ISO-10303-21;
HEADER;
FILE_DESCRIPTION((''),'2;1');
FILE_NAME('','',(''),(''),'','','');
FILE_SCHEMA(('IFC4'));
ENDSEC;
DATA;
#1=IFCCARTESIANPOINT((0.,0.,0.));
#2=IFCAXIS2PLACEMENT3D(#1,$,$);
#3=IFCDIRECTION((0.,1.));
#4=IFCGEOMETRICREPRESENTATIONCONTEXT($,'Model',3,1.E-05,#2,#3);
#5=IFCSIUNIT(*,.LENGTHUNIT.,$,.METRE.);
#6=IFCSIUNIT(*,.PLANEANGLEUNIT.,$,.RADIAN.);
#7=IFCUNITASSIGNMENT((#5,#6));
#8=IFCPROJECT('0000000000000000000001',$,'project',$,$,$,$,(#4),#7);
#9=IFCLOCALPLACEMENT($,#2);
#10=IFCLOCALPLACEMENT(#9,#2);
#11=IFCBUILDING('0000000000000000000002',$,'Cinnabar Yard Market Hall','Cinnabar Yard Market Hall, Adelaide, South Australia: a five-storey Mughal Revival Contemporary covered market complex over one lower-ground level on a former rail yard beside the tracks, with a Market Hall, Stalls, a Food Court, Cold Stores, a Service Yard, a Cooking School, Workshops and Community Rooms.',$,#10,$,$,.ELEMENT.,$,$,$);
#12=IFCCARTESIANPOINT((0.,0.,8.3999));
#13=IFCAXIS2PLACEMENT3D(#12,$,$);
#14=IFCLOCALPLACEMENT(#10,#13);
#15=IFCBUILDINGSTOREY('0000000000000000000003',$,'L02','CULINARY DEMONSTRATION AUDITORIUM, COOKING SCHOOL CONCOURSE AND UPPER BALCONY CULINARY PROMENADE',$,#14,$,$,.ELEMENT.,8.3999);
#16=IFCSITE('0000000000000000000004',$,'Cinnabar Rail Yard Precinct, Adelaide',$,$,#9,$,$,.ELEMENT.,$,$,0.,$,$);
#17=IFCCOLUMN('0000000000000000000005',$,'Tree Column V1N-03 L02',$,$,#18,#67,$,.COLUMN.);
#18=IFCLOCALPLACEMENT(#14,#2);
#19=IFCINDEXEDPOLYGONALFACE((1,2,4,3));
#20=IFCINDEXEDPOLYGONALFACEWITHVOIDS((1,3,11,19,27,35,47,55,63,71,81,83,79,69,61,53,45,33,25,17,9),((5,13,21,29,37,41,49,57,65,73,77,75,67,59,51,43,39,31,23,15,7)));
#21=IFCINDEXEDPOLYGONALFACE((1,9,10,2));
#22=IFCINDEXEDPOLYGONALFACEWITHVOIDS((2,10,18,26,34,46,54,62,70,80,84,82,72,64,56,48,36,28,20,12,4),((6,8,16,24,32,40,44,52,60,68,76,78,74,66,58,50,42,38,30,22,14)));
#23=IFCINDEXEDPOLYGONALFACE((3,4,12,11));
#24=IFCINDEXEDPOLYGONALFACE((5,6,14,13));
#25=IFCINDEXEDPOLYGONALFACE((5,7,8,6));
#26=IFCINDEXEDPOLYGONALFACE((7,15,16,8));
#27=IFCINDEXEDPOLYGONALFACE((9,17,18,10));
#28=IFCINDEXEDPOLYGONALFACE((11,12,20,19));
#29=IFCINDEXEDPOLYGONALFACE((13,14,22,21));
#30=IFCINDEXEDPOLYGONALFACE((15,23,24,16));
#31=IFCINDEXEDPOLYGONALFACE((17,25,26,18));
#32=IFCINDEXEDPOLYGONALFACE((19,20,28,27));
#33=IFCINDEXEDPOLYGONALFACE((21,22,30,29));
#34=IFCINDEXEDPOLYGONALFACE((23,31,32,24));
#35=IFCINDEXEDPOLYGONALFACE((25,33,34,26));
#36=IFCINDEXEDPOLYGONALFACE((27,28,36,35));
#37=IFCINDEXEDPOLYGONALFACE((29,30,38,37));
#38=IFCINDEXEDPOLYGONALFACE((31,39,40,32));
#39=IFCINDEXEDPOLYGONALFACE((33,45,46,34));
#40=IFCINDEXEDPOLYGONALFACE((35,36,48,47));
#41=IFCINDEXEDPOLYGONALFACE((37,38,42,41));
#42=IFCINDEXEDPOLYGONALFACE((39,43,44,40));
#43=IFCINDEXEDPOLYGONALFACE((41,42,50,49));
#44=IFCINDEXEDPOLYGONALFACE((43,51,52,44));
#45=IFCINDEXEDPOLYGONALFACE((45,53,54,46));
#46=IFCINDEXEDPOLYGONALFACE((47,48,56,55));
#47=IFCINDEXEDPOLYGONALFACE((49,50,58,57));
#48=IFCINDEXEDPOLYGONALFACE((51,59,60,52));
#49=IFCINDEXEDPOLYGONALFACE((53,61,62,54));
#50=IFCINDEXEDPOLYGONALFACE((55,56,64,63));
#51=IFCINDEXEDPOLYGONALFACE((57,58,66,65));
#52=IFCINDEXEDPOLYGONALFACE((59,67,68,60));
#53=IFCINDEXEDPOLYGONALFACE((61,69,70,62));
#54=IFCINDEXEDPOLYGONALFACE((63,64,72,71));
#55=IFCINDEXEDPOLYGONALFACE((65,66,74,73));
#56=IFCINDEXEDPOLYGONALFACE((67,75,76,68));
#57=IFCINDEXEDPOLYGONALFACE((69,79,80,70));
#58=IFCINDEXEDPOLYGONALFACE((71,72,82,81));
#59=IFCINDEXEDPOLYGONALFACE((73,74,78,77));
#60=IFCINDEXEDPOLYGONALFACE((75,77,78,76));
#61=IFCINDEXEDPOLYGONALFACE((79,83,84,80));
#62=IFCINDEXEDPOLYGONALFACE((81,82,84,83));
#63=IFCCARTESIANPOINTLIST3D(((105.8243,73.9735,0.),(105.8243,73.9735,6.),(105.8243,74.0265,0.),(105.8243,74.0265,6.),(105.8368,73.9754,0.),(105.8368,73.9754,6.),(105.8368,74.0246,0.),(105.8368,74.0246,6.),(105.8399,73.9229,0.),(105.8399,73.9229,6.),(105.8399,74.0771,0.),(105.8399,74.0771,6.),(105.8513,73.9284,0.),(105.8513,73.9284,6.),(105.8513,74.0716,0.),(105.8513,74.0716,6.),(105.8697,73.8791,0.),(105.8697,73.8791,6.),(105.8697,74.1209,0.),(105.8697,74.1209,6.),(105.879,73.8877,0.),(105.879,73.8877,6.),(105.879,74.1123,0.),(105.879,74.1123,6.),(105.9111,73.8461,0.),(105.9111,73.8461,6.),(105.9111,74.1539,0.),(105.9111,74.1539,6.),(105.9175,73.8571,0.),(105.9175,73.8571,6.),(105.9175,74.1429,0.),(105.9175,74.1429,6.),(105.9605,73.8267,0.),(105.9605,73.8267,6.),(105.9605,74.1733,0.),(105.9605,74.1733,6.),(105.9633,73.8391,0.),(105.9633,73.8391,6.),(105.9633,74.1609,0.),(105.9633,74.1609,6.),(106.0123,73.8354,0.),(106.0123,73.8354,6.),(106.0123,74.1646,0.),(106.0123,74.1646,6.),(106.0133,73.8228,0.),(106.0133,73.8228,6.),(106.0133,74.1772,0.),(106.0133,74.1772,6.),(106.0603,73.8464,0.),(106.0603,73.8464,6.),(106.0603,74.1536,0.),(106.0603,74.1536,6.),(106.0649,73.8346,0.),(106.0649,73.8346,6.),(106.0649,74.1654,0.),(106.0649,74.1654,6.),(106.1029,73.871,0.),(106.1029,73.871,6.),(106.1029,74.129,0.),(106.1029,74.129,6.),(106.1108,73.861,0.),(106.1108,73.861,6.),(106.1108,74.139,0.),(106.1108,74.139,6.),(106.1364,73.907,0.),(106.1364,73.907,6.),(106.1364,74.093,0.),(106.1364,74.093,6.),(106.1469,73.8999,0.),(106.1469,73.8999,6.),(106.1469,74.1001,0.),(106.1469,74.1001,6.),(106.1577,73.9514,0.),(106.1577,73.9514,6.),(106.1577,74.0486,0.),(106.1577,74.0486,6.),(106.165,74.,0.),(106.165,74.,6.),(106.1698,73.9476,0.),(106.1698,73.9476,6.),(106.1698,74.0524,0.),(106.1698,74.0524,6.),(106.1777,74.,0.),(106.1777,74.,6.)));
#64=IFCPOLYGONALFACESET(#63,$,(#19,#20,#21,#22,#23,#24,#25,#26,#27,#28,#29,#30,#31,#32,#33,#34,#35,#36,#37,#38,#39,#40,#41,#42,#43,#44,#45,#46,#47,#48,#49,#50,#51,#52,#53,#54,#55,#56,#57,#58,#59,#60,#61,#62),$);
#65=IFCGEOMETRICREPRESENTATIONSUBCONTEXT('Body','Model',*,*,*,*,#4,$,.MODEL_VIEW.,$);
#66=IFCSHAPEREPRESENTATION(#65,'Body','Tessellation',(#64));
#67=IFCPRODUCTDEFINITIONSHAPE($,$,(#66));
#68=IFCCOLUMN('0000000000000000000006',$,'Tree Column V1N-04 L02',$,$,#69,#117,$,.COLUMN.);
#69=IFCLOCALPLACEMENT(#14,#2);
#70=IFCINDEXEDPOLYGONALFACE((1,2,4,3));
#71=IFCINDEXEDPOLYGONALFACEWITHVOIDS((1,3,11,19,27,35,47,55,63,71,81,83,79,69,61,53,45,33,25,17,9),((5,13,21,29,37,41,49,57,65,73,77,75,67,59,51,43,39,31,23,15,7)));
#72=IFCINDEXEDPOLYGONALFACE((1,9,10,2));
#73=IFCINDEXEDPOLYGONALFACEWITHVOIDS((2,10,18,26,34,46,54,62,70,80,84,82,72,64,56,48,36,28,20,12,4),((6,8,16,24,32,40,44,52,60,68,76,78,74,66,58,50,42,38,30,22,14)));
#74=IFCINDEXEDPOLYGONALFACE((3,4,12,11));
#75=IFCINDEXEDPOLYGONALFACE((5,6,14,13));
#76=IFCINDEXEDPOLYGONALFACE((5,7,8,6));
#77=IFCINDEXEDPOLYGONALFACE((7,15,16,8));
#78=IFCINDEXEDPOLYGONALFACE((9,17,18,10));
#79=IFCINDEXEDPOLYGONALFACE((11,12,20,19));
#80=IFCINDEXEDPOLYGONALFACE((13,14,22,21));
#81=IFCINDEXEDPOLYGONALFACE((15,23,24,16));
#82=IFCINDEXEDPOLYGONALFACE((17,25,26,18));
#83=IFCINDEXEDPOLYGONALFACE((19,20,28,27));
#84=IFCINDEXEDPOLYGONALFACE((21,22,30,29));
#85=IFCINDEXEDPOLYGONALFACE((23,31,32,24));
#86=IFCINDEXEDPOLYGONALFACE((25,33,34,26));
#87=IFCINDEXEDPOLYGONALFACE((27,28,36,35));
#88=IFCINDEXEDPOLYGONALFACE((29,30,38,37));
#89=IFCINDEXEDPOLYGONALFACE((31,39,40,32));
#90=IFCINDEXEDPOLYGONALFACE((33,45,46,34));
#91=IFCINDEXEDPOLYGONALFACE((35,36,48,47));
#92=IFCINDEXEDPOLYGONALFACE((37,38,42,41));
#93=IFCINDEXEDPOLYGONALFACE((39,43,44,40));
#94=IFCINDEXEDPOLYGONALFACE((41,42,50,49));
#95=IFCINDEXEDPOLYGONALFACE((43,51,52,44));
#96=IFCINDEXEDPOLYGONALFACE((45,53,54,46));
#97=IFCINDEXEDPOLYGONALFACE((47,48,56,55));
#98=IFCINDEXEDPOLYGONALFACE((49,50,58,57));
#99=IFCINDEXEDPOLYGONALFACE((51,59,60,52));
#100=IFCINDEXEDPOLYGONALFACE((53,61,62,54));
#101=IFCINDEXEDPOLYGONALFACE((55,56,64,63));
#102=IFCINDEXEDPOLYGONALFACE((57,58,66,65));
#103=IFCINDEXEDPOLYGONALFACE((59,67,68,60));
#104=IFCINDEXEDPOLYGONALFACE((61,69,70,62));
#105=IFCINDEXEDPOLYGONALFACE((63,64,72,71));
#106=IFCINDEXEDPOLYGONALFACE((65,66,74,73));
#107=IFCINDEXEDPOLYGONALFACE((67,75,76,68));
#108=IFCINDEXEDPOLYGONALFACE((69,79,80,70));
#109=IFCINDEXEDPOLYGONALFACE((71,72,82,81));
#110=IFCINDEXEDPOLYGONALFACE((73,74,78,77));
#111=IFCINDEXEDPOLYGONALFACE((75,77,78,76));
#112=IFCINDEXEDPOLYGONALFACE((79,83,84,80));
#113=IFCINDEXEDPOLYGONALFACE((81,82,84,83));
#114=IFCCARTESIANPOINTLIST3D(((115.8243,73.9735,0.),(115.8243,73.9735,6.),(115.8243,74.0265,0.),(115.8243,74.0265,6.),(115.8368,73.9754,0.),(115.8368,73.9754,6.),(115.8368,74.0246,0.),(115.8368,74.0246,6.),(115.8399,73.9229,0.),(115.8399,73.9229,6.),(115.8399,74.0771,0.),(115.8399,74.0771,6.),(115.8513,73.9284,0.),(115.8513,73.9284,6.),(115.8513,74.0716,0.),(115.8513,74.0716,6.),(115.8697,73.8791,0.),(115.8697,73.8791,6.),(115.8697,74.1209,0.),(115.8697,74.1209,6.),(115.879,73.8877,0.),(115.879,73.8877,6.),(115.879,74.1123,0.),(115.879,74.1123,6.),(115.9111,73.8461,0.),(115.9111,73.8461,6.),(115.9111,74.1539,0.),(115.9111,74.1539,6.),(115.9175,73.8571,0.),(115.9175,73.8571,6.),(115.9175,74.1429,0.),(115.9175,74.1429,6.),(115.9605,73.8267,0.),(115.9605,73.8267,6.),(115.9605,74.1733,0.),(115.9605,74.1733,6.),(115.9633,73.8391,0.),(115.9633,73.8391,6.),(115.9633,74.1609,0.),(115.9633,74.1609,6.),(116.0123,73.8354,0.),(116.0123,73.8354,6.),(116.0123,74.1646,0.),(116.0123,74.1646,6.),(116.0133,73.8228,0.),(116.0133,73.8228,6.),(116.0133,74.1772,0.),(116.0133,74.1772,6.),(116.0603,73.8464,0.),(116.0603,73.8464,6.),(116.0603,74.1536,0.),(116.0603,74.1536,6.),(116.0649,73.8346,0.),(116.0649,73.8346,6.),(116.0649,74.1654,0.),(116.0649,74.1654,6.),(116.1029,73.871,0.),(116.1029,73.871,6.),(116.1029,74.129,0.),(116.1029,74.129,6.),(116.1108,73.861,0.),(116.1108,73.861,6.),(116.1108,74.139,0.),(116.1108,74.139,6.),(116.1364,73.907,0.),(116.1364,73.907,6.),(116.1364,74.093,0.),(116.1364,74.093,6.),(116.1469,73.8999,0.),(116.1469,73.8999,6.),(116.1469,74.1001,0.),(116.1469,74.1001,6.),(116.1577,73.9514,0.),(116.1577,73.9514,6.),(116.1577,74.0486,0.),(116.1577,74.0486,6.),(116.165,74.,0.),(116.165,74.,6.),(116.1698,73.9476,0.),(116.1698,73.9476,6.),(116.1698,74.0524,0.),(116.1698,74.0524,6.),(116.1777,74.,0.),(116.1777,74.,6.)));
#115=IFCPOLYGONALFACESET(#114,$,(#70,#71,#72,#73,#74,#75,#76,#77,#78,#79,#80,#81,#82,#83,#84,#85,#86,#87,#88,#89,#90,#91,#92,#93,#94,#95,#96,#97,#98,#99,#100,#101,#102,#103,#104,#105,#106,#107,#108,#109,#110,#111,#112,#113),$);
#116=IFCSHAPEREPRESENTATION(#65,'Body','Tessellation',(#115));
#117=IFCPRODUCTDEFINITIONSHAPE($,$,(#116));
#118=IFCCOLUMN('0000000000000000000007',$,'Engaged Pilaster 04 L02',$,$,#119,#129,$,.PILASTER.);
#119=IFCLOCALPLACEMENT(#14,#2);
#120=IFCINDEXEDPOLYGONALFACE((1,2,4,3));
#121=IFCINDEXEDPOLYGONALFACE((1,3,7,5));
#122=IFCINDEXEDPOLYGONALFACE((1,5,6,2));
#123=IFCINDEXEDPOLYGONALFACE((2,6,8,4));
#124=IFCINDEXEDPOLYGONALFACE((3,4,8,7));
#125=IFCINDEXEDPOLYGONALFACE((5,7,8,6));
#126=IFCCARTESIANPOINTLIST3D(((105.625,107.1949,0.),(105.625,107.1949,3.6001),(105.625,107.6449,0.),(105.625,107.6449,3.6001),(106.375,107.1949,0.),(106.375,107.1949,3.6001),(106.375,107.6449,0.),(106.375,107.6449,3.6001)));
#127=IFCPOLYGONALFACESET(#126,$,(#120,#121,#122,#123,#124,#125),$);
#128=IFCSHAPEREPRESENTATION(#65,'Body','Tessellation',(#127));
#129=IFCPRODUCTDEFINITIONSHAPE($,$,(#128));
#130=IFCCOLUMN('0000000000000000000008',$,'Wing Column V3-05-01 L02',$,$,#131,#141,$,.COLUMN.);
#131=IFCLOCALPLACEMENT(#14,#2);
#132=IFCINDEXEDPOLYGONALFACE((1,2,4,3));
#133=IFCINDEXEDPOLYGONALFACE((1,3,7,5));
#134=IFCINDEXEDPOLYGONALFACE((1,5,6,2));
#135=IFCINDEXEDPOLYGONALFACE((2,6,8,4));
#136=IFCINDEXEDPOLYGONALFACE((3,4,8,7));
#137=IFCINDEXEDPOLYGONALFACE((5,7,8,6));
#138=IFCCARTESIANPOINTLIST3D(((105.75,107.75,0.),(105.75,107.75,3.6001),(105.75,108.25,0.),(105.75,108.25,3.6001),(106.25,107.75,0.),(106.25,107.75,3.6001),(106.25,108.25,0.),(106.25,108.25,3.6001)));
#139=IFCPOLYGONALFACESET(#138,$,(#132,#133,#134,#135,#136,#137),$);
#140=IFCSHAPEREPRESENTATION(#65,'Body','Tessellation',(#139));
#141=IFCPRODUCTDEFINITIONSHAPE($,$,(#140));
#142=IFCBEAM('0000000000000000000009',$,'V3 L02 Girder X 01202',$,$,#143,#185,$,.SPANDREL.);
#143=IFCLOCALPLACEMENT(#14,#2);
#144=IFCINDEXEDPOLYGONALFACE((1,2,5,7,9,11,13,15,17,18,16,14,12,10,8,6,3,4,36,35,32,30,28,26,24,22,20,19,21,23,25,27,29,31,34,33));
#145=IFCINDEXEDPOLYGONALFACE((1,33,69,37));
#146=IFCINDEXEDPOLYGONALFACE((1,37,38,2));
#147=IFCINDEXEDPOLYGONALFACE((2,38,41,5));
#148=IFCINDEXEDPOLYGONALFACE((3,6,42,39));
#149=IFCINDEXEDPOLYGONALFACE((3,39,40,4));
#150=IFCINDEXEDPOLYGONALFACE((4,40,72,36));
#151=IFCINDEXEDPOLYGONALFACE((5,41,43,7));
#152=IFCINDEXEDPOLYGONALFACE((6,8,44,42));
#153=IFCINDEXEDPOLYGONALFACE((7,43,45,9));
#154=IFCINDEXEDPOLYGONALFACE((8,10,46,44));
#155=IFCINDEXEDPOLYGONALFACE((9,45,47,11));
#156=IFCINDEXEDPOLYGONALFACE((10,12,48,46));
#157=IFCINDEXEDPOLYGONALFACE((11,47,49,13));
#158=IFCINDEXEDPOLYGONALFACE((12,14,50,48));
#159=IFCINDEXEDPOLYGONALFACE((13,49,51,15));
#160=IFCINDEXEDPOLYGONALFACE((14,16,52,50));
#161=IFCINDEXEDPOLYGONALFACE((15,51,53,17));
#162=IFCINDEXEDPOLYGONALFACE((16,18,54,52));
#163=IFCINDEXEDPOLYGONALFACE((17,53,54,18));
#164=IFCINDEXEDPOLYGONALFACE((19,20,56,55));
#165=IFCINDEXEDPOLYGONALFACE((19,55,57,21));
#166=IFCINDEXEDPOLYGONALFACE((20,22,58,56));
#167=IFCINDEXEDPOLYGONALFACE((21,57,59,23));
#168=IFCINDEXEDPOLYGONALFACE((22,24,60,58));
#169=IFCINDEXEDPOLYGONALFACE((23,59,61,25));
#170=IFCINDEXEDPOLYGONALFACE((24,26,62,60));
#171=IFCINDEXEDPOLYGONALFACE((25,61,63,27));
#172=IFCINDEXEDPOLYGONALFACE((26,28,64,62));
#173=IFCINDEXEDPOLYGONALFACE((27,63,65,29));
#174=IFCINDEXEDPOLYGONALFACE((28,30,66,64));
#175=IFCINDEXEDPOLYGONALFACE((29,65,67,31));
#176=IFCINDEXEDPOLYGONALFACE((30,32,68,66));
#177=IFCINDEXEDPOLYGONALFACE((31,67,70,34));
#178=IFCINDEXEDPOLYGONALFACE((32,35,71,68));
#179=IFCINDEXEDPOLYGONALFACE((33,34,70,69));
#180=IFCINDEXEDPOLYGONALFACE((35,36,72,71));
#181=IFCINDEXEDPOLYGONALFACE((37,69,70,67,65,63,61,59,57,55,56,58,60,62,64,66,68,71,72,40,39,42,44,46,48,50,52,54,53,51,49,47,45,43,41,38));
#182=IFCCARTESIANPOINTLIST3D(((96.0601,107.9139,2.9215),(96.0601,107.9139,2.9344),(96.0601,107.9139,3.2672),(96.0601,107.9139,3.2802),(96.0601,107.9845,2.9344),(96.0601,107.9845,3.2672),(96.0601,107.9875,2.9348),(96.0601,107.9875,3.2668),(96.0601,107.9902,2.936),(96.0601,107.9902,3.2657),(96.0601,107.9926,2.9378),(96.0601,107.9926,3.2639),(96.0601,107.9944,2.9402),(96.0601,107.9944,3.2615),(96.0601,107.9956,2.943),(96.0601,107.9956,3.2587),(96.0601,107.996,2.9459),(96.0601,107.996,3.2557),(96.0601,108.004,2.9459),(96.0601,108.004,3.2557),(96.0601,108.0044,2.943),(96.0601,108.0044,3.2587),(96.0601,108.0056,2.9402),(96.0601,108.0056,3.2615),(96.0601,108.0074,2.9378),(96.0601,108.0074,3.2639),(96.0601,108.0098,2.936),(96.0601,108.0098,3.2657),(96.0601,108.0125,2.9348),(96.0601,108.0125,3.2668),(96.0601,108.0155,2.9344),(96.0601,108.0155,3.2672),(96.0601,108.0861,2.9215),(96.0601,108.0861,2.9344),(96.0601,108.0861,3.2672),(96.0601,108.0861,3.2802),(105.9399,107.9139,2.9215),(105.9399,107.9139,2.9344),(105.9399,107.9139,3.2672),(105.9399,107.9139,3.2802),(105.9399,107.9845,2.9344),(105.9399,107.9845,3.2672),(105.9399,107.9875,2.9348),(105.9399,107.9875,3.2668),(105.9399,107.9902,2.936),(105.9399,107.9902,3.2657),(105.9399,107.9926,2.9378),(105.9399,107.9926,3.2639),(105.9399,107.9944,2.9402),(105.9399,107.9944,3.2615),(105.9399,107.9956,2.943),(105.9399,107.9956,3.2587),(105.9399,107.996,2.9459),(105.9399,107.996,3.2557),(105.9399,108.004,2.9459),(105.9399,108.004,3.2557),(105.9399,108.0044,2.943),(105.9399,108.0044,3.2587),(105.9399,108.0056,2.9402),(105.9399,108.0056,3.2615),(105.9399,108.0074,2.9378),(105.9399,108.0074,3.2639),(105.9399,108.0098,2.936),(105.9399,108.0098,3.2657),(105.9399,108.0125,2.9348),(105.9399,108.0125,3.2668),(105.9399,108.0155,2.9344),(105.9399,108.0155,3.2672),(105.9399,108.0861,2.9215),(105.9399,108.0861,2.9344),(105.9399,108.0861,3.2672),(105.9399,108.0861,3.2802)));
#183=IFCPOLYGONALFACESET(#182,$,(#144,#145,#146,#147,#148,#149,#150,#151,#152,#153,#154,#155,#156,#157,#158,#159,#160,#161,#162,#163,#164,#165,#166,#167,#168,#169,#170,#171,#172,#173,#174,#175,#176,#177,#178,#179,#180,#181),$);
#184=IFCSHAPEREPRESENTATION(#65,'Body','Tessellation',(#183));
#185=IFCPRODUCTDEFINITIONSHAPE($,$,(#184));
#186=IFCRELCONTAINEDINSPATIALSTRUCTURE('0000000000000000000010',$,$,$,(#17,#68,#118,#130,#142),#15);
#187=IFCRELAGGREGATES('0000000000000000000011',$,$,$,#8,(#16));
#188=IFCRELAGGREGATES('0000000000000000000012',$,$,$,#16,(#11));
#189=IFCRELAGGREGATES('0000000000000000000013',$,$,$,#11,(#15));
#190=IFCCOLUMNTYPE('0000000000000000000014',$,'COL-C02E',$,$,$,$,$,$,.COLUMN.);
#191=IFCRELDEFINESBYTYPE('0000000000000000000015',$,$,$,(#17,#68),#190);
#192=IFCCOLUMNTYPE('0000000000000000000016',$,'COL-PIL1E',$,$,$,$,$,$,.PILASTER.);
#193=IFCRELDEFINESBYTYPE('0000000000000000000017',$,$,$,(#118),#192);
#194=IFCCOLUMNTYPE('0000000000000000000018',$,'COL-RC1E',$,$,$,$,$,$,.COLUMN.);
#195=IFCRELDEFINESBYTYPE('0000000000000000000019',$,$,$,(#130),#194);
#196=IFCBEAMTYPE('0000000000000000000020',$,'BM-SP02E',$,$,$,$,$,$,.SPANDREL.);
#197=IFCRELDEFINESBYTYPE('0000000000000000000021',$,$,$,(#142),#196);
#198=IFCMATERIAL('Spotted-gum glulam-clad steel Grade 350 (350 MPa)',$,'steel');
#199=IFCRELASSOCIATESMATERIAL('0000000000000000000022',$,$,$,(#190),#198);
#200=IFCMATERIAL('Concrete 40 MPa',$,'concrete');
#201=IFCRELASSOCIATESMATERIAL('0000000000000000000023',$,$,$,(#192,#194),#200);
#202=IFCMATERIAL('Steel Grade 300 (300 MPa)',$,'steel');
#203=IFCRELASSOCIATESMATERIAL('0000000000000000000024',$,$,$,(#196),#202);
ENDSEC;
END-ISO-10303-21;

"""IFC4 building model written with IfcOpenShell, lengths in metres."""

from ifc_helpers import new_model, si_unit, direction, frame, origin, origin_2d_with_axis, place, context, subcontext, project, spatial, rectangle, hollow_circle, i_section, extrude, material, material_profile, profile_set, type_object, element, save


model = new_model("IFC4")

# Units and contexts
model_context = context("Model", 3, precision=1e-05, world=origin(), true_north=direction((0.0, 1.0)))
body_context = subcontext(model_context, "Body", "Model", "MODEL_VIEW")
ifc_project = project(units=[si_unit("LENGTHUNIT", "METRE"), si_unit("PLANEANGLEUNIT", "RADIAN")], contexts=[model_context])

# Site, building, storey
site_placement = place(None, origin())
site = spatial("IfcSite", under=ifc_project, at=site_placement, Name="Cinnabar Rail Yard Precinct, Adelaide", CompositionType="ELEMENT", RefElevation=0.0)
building_placement = place(site_placement, origin())
building = spatial("IfcBuilding", under=site, at=building_placement, Name="Cinnabar Yard Market Hall", Description="Cinnabar Yard Market Hall, Adelaide, South Australia: a five-storey Mughal Revival Contemporary covered market complex over one lower-ground level on a former rail yard beside the tracks, with a Market Hall, Stalls, a Food Court, Cold Stores, a Service Yard, a Cooking School, Workshops and Community Rooms.", CompositionType="ELEMENT")
storey_placement = place(building_placement, frame((0.0, 0.0, 8.3999)))
storey = spatial("IfcBuildingStorey", under=building, at=storey_placement, Name="L02", Description="CULINARY DEMONSTRATION AUDITORIUM, COOKING SCHOOL CONCOURSE AND UPPER BALCONY CULINARY PROMENADE", CompositionType="ELEMENT", Elevation=8.3999)

# Columns
ifc_material_1 = material(Name="Spotted-gum glulam-clad steel Grade 350 (350 MPa)", Category="steel")
ifc_material_profile_1 = material_profile(ifc_material_1, hollow_circle(Radius=0.1777, WallThickness=0.0127, at=origin_2d_with_axis()), Name="355.6x12.7CHS")
ifc_profile_set_1 = profile_set([ifc_material_profile_1], Name="Spotted-gum glulam-clad steel Grade 350 (350 MPa)")
column_type_1 = type_object("IfcColumnType", Name="COL-C02E", PredefinedType="COLUMN", material=ifc_profile_set_1)
for number, where, z_axis, x_axis, name in (
    (1, (106.0, 74.0, 0.0), (0.0, 0.0, 1.0), (1.0, 0.0, 0.0), "Tree Column V1N-03 L02"),
    (2, (116.0, 74.0, 0.0), (0.0, 0.0, 1.0), (1.0, 0.0, 0.0), "Tree Column V1N-04 L02"),
):
    element("IfcColumn", number, at=place(storey_placement, frame(where, z_axis=z_axis, x_axis=x_axis)), inside=storey, type_object=column_type_1, Name=name, PredefinedType="COLUMN", context=body_context, shape_type="SweptSolid", body=[
        extrude(hollow_circle(Radius=0.1777, WallThickness=0.0127, at=origin_2d_with_axis()), origin(), (0.0, 0.0, 1.0), 6.0),
    ])
ifc_material_2 = material(Name="Concrete 40 MPa", Category="concrete")
ifc_material_profile_2 = material_profile(ifc_material_2, rectangle(XDim=0.75, YDim=0.45, at=origin_2d_with_axis()), Name="RC-750x450")
ifc_profile_set_2 = profile_set([ifc_material_profile_2], Name="Concrete 40 MPa")
column_type_2 = type_object("IfcColumnType", Name="COL-PIL1E", PredefinedType="PILASTER", material=ifc_profile_set_2)
column_1_placement = place(storey_placement, frame((106.0, 107.4199, 0.0), z_axis=(0.0, 0.0, 1.0), x_axis=(1.0, 0.0, 0.0)))
element("IfcColumn", 3, at=column_1_placement, inside=storey, type_object=column_type_2, Name="Engaged Pilaster 04 L02", PredefinedType="PILASTER", context=body_context, shape_type="SweptSolid", body=[
    extrude(rectangle(XDim=0.75, YDim=0.45, at=origin_2d_with_axis()), origin(), (0.0, 0.0, 1.0), 3.6001),
])
ifc_material_profile_3 = material_profile(ifc_material_2, rectangle(XDim=0.5, YDim=0.5, at=origin_2d_with_axis()), Name="RC-500x500")
ifc_profile_set_3 = profile_set([ifc_material_profile_3], Name="Concrete 40 MPa")
column_type_3 = type_object("IfcColumnType", Name="COL-RC1E", PredefinedType="COLUMN", material=ifc_profile_set_3)
column_2_placement = place(storey_placement, frame((106.0, 108.0, 0.0), z_axis=(0.0, 0.0, 1.0), x_axis=(1.0, 0.0, 0.0)))
element("IfcColumn", 4, at=column_2_placement, inside=storey, type_object=column_type_3, Name="Wing Column V3-05-01 L02", PredefinedType="COLUMN", context=body_context, shape_type="SweptSolid", body=[
    extrude(rectangle(XDim=0.5, YDim=0.5, at=origin_2d_with_axis()), origin(), (0.0, 0.0, 1.0), 3.6001),
])

# Beam
ifc_material_3 = material(Name="Steel Grade 300 (300 MPa)", Category="steel")
ifc_material_profile_4 = material_profile(ifc_material_3, i_section(OverallWidth=0.1721, OverallDepth=0.3586, WebThickness=0.0081, FlangeThickness=0.0129, FilletRadius=0.0115, at=origin_2d_with_axis()), Name="360UB56.7")
ifc_profile_set_4 = profile_set([ifc_material_profile_4], Name="Steel Grade 300 (300 MPa)")
beam_type = type_object("IfcBeamType", Name="BM-SP02E", PredefinedType="SPANDREL", material=ifc_profile_set_4)
for number, where, z_axis, x_axis, name in (
    (5, (96.0601, 108.0, 3.1008), (1.0, 0.0, 0.0), (0.0, 1.0, 0.0), "V3 L02 Girder X 01202"),
):
    element("IfcBeam", number, at=place(storey_placement, frame(where, z_axis=z_axis, x_axis=x_axis)), inside=storey, type_object=beam_type, Name=name, PredefinedType="SPANDREL", context=body_context, shape_type="SweptSolid", body=[
        extrude(i_section(OverallWidth=0.1721, OverallDepth=0.3586, WebThickness=0.0081, FlangeThickness=0.0129, FilletRadius=0.0115, at=origin_2d_with_axis()), origin(), (0.0, 0.0, 1.0), 9.8799),
    ])

save(model, "model.ifc")
